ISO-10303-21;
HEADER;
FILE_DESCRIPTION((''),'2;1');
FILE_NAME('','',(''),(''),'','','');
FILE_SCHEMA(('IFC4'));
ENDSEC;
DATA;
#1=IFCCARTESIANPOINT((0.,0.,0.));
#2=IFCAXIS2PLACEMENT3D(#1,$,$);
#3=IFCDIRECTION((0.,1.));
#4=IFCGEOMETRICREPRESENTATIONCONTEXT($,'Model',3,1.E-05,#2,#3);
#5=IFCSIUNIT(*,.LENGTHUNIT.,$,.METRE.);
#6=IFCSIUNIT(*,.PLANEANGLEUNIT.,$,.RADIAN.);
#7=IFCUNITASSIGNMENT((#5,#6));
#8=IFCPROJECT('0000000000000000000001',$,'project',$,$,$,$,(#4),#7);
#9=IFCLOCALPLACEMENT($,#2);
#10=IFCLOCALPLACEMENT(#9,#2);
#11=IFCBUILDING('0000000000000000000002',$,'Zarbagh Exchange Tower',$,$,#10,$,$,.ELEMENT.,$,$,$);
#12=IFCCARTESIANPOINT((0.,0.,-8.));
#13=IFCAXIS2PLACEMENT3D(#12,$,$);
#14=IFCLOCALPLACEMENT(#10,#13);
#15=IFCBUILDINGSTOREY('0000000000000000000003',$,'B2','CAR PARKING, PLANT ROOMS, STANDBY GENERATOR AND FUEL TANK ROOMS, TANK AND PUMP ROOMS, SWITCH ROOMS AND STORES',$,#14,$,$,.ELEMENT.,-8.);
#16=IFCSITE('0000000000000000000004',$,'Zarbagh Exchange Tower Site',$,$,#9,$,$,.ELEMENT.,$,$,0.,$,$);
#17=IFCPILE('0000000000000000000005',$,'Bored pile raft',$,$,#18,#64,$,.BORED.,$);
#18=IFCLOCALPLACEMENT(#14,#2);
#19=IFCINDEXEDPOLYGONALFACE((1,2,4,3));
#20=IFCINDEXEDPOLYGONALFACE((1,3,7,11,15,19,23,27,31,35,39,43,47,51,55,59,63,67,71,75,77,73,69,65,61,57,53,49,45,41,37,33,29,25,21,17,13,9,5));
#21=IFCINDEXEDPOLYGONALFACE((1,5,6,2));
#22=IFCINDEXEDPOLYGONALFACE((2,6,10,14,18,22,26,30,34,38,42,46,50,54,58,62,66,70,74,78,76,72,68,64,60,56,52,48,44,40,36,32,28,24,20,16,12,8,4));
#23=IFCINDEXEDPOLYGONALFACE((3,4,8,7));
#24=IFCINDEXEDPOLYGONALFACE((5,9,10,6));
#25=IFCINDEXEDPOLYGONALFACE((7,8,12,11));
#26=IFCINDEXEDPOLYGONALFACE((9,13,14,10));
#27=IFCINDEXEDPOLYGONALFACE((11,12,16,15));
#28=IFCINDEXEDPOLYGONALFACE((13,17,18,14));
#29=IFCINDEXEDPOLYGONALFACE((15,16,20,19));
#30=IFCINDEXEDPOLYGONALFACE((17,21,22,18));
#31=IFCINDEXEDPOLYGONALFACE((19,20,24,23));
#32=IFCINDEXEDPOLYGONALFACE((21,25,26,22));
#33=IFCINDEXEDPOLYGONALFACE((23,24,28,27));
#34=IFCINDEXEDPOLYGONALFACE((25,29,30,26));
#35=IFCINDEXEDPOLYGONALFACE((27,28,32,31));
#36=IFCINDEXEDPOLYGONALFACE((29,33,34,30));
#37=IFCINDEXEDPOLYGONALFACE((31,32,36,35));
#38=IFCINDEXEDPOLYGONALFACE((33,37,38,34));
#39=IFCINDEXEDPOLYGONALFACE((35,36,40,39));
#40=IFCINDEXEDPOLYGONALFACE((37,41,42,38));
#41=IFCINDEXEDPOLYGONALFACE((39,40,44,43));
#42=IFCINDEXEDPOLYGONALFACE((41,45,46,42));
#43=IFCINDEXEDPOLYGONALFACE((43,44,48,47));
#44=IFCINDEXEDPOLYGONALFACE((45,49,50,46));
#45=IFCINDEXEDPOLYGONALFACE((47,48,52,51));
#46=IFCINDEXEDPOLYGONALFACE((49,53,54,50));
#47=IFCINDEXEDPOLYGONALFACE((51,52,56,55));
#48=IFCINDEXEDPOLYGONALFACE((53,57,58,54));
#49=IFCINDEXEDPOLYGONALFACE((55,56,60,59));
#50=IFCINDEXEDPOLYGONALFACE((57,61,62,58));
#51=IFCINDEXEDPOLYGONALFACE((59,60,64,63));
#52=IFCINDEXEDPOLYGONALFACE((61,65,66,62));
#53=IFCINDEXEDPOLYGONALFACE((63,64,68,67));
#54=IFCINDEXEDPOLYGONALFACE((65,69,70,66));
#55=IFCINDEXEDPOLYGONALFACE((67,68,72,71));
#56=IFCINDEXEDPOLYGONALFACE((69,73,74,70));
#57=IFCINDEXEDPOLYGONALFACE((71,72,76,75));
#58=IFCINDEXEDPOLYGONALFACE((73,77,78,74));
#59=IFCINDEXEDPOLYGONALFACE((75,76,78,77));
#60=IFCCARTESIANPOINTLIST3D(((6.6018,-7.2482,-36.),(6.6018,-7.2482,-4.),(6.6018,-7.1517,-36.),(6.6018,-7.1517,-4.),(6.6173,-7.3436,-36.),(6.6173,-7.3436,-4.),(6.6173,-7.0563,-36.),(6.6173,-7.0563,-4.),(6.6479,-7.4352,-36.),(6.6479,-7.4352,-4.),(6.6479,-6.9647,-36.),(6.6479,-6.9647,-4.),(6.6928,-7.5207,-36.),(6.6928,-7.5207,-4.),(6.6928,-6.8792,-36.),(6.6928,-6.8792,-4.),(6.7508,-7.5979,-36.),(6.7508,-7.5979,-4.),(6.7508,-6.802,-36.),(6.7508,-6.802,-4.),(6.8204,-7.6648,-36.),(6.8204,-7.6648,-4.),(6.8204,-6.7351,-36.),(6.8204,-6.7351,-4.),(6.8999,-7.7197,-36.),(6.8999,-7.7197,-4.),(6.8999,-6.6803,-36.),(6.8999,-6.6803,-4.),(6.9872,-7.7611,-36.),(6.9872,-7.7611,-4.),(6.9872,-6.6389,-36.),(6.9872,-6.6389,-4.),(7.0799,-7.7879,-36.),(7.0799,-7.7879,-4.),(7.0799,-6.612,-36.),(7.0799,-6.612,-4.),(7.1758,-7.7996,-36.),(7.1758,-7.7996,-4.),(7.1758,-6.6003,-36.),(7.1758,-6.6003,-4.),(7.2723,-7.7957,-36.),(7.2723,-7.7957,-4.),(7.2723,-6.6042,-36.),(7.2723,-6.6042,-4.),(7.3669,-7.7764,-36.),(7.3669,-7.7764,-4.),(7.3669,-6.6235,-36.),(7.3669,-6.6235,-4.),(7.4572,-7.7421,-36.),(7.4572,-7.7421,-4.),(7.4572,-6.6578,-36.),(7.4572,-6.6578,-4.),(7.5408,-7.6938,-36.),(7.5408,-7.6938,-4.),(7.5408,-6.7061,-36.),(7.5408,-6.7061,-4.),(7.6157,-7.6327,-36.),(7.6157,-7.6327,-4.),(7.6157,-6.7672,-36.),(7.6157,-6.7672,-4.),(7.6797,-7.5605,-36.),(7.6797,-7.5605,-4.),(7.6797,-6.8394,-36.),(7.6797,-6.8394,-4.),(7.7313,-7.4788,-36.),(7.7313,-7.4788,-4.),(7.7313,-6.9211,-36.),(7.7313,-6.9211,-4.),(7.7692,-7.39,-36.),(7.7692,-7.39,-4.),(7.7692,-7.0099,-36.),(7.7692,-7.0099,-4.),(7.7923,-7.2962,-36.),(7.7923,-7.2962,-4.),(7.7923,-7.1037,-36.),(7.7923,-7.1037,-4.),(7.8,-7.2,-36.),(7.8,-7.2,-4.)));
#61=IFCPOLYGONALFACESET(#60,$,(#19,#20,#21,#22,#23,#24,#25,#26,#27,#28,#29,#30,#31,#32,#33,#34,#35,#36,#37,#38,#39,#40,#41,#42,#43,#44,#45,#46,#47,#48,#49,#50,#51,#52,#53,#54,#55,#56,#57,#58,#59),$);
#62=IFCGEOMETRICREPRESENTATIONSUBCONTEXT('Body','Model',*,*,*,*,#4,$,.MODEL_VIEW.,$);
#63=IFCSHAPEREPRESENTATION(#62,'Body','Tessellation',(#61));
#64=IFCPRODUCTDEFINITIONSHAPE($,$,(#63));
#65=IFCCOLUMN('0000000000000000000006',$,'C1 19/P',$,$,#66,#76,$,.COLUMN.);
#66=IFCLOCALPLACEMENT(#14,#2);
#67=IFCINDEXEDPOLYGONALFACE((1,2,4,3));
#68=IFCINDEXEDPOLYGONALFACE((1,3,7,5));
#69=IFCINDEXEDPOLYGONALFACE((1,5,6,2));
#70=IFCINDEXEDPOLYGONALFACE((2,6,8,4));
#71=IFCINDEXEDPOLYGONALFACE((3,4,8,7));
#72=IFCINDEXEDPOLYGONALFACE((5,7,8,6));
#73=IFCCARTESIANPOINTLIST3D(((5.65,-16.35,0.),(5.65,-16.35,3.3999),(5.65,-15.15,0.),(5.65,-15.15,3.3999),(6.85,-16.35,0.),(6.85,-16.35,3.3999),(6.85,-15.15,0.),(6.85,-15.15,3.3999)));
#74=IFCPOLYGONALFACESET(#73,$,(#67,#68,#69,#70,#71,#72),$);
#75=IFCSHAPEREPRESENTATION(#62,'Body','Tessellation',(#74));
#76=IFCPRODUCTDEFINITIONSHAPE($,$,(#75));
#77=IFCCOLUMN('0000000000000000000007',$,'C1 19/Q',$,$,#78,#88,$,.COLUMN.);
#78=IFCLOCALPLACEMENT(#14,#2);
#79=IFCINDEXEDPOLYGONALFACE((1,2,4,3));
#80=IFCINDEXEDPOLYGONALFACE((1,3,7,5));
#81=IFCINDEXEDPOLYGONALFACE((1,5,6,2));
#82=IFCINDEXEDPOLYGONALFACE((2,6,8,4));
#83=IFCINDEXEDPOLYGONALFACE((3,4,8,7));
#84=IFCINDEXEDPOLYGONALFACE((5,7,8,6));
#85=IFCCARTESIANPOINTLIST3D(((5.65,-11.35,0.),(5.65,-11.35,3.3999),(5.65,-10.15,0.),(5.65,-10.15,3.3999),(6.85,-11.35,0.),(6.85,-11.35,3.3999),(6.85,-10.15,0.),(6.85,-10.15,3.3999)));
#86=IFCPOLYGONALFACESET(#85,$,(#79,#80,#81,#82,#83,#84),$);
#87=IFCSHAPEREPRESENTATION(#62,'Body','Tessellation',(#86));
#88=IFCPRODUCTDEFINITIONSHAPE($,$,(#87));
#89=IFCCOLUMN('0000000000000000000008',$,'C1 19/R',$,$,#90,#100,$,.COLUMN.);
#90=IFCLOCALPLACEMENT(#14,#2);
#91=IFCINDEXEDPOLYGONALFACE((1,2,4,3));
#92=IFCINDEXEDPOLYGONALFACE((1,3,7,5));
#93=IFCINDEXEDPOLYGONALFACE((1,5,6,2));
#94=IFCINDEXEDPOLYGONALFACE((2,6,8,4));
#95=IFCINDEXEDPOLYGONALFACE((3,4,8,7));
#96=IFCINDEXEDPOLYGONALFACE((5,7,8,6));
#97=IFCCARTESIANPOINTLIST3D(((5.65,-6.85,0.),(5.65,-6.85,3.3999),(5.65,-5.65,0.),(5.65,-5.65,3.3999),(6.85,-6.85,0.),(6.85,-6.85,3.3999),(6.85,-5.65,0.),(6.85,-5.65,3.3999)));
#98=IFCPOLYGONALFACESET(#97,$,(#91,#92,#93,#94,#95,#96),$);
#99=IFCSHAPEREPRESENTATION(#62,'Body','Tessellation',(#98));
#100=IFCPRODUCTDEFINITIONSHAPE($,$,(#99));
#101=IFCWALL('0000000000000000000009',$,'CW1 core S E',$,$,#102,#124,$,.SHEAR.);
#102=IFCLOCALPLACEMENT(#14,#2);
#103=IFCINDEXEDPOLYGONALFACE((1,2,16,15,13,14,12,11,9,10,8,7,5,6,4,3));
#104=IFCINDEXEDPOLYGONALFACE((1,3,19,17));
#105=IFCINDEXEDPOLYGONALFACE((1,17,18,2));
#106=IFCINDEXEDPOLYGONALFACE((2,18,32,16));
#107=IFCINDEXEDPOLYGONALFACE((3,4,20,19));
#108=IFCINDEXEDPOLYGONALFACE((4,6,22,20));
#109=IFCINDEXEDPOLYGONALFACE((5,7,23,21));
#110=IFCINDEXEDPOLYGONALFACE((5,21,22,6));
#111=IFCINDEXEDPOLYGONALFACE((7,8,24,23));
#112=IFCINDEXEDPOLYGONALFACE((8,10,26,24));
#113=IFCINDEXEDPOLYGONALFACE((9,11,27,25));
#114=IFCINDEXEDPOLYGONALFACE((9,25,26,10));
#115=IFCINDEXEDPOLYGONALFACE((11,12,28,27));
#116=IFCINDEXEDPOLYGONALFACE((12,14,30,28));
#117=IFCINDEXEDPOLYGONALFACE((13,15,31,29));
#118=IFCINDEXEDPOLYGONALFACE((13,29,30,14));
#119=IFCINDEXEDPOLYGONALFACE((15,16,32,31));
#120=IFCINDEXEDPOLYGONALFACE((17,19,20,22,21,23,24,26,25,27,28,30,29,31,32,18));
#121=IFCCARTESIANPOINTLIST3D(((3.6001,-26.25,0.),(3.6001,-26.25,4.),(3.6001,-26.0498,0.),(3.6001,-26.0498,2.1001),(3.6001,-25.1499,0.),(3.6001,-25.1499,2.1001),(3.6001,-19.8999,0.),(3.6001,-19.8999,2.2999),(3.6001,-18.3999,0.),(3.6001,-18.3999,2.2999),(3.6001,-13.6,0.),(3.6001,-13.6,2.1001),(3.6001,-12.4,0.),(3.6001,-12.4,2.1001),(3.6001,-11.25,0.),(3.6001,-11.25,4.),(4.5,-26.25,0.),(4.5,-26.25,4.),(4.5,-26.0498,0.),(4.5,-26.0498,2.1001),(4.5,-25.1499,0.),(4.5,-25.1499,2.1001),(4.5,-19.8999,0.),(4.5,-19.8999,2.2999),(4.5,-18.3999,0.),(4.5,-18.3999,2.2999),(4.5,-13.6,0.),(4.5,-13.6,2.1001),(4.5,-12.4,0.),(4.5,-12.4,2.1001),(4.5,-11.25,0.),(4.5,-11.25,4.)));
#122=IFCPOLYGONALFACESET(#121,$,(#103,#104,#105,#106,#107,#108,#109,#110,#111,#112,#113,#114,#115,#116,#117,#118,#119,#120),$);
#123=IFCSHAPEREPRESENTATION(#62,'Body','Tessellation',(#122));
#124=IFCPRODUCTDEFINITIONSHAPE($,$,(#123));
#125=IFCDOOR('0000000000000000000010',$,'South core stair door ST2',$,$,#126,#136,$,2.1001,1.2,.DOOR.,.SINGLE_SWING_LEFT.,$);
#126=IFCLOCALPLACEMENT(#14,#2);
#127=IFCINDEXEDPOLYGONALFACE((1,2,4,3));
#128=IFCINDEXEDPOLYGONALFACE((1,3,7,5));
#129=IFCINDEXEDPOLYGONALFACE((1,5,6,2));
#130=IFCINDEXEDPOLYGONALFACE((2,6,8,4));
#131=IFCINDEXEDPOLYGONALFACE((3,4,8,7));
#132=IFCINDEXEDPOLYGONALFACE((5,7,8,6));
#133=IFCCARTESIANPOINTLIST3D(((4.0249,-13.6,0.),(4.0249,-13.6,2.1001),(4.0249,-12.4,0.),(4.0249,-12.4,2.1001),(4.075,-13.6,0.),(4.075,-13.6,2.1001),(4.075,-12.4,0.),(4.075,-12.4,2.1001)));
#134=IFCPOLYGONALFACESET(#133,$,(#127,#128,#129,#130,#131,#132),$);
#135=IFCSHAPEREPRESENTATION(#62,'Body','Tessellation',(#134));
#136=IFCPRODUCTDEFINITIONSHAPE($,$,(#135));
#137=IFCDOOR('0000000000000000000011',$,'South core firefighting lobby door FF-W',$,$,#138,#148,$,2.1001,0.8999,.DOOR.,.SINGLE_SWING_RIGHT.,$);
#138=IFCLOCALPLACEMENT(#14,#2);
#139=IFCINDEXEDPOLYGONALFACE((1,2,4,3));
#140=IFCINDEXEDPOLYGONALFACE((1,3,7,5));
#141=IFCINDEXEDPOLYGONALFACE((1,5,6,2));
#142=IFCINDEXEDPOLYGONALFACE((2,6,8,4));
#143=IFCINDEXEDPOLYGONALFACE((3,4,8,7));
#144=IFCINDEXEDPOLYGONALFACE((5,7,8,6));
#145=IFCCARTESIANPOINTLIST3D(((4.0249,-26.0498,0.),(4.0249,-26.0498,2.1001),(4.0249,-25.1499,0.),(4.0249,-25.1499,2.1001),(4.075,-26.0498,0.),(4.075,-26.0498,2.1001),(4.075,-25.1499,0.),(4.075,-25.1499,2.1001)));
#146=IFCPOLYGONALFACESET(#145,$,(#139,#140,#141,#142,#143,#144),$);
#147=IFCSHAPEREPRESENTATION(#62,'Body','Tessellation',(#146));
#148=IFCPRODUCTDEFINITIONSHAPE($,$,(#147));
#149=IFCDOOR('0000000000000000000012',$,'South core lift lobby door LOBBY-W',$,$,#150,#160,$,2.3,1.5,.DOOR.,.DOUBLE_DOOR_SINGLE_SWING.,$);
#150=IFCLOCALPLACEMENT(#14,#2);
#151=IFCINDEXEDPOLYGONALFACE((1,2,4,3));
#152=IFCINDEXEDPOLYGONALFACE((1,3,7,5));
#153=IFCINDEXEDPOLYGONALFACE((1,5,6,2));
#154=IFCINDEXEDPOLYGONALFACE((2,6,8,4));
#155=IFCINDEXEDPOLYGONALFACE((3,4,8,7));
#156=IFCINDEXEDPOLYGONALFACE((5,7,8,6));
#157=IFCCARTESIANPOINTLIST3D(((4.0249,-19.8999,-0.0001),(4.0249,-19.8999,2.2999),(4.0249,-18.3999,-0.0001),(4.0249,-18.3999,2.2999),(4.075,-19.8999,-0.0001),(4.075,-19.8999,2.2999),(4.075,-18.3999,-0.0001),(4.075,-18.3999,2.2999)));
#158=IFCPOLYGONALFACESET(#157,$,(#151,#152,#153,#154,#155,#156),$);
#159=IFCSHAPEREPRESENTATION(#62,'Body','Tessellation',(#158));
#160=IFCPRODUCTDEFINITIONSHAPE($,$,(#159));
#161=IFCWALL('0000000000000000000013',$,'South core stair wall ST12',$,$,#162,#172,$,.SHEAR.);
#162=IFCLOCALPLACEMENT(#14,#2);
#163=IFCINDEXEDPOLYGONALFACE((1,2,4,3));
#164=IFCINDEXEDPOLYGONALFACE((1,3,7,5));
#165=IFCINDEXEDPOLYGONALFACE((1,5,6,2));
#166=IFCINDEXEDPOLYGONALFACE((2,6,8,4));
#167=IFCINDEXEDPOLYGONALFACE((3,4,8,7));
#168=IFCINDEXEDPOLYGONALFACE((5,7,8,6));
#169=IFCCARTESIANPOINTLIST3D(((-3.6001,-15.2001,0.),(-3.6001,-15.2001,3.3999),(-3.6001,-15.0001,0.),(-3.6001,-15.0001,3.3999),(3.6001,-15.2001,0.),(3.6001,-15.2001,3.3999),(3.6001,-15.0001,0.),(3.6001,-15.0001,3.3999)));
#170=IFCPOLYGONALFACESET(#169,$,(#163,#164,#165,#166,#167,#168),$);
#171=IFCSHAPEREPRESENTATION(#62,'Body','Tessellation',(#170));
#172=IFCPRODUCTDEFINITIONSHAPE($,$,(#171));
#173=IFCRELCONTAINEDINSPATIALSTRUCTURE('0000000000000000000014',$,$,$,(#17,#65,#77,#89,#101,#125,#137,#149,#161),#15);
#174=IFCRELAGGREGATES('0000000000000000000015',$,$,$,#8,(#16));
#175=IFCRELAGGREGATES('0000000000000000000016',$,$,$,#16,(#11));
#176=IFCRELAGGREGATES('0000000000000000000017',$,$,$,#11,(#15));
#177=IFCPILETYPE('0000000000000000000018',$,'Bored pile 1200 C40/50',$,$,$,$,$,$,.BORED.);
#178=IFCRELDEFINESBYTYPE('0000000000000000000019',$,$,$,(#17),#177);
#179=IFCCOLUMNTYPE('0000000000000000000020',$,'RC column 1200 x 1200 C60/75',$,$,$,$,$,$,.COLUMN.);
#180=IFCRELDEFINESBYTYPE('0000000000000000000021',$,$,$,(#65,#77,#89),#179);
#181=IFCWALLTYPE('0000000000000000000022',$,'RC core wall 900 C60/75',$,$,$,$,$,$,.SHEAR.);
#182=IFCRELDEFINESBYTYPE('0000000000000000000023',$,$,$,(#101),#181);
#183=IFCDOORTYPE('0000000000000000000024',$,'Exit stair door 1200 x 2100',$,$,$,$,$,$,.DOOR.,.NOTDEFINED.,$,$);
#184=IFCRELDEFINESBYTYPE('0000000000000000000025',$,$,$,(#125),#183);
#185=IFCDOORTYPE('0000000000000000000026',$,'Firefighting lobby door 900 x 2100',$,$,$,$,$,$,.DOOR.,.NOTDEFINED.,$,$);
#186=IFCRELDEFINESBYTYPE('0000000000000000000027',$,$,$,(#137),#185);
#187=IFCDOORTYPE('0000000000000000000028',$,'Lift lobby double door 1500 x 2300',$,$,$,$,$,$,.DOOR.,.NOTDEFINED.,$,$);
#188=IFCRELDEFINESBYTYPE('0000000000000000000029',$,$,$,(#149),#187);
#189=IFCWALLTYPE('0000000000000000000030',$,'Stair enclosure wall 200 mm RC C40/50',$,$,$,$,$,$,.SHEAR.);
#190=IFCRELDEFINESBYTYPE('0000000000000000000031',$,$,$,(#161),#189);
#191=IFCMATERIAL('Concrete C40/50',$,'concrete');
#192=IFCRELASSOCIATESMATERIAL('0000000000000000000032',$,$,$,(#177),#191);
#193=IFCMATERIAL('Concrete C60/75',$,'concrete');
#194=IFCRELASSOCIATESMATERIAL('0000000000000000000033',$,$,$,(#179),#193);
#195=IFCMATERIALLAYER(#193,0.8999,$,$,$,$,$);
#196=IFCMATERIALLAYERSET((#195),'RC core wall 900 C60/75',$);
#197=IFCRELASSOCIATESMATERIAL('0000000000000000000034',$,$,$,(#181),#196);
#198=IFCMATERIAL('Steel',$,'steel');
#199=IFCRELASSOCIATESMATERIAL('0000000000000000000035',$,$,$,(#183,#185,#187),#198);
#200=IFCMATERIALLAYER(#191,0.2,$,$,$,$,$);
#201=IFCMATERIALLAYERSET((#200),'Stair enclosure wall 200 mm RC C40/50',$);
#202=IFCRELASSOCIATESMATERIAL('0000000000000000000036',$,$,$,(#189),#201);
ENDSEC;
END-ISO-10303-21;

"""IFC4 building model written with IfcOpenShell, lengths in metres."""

from ifc_helpers import new_model, si_unit, direction, frame, frame_2d, origin, origin_2d, place, context, subcontext, project, spatial, rectangle, circle, extrude, material, layer, layer_set, material_profile, profile_set, type_object, element, fill, save


model = new_model("IFC4")

# Units and contexts
model_context = context("Model", 3, precision=1e-05, world=origin(), true_north=direction((0.0, 1.0)))
body_context = subcontext(model_context, "Body", "Model", "MODEL_VIEW")
ifc_project = project(units=[si_unit("LENGTHUNIT", "METRE"), si_unit("PLANEANGLEUNIT", "RADIAN")], contexts=[model_context])

# Site, building, storey
site_placement = place(None, origin())
site = spatial("IfcSite", under=ifc_project, at=site_placement, Name="Zarbagh Exchange Tower Site", CompositionType="ELEMENT", RefElevation=0.0)
building_placement = place(site_placement, origin())
building = spatial("IfcBuilding", under=site, at=building_placement, Name="Zarbagh Exchange Tower", CompositionType="ELEMENT")
storey_placement = place(building_placement, frame((0.0, 0.0, -8.0)))
storey = spatial("IfcBuildingStorey", under=building, at=storey_placement, Name="B2", Description="CAR PARKING, PLANT ROOMS, STANDBY GENERATOR AND FUEL TANK ROOMS, TANK AND PUMP ROOMS, SWITCH ROOMS AND STORES", CompositionType="ELEMENT", Elevation=-8.0)

# Pile
ifc_material_1 = material(Name="Concrete C40/50", Category="concrete")
ifc_material_profile_1 = material_profile(ifc_material_1, circle(Radius=0.6001, at=origin_2d()), Name="Bored pile 1200 C40/50")
ifc_profile_set_1 = profile_set([ifc_material_profile_1], Name="Concrete C40/50")
pile_type = type_object("IfcPileType", Name="Bored pile 1200 C40/50", PredefinedType="BORED", material=ifc_profile_set_1)
for number, where, z_axis, x_axis, name in (
    (1, (7.2, -7.2, -4.0), (0.0, 0.0, -1.0), (1.0, 0.0, 0.0), "Bored pile raft"),
):
    element("IfcPile", number, at=place(storey_placement, frame(where, z_axis=z_axis, x_axis=x_axis)), inside=storey, type_object=pile_type, Name=name, PredefinedType="BORED", context=body_context, shape_type="SweptSolid", body=[
        extrude(circle(Radius=0.6001, at=origin_2d()), origin(), (0.0, 0.0, 1.0), 32.0),
    ])

# Columns
ifc_material_2 = material(Name="Concrete C60/75", Category="concrete")
ifc_material_profile_2 = material_profile(ifc_material_2, rectangle(XDim=1.2, YDim=1.2, at=origin_2d()), Name="RC column 1200 x 1200 C60/75")
ifc_profile_set_2 = profile_set([ifc_material_profile_2], Name="Concrete C60/75")
column_type = type_object("IfcColumnType", Name="RC column 1200 x 1200 C60/75", PredefinedType="COLUMN", material=ifc_profile_set_2)
for number, where, z_axis, x_axis, name in (
    (2, (6.25, -15.75, 0.0), (0.0, 0.0, 1.0), (1.0, 0.0, 0.0), "C1 19/P"),
    (3, (6.25, -10.75, 0.0), (0.0, 0.0, 1.0), (1.0, 0.0, 0.0), "C1 19/Q"),
    (4, (6.25, -6.25, 0.0), (0.0, 0.0, 1.0), (1.0, 0.0, 0.0), "C1 19/R"),
):
    element("IfcColumn", number, at=place(storey_placement, frame(where, z_axis=z_axis, x_axis=x_axis)), inside=storey, type_object=column_type, Name=name, PredefinedType="COLUMN", context=body_context, shape_type="SweptSolid", body=[
        extrude(rectangle(XDim=1.2, YDim=1.2, at=origin_2d()), origin(), (0.0, 0.0, 1.0), 3.3999),
    ])

# Wall, openings, doors
ifc_layer_1 = layer(ifc_material_2, 0.8999)
ifc_layer_set_1 = layer_set([ifc_layer_1], Name="RC core wall 900 C60/75")
wall_type_1 = type_object("IfcWallType", Name="RC core wall 900 C60/75", PredefinedType="SHEAR", material=ifc_layer_set_1)
wall_1_placement = place(storey_placement, frame((4.05, -11.25, 0.0), z_axis=(0.0, 0.0, 1.0), x_axis=(0.0, -1.0, 0.0)))
wall_1 = element("IfcWall", 5, at=wall_1_placement, inside=storey, type_object=wall_type_1, Name="CW1 core S E", PredefinedType="SHEAR", context=body_context, shape_type="SweptSolid", body=[
    extrude(rectangle(XDim=15.0, YDim=0.8999, at=frame_2d((7.5, 0.0))), origin(), (0.0, 0.0, 1.0), 4.0),
])
opening_1_placement = place(wall_1_placement, frame((7.1499, 0.0, 0.0)))
opening_1 = element("IfcOpeningElement", 6, at=opening_1_placement, cuts=wall_1, PredefinedType="OPENING", context=body_context, shape_type="SweptSolid", body=[
    extrude(rectangle(XDim=1.5, YDim=2.3, at=frame_2d((0.75, 1.1499))), frame((0.0, 0.46, 0.0), z_axis=(0.0, -1.0, 0.0), x_axis=(1.0, 0.0, 0.0)), (0.0, 0.0, 1.0), 0.9199),
])
opening_2_placement = place(wall_1_placement, frame((13.8999, 0.0, 0.0)))
opening_2 = element("IfcOpeningElement", 7, at=opening_2_placement, cuts=wall_1, PredefinedType="OPENING", context=body_context, shape_type="SweptSolid", body=[
    extrude(rectangle(XDim=0.8999, YDim=2.1001, at=frame_2d((0.45, 1.05))), frame((0.0, 0.46, 0.0), z_axis=(0.0, -1.0, 0.0), x_axis=(1.0, 0.0, 0.0)), (0.0, 0.0, 1.0), 0.9199),
])
opening_3_placement = place(wall_1_placement, frame((1.1499, 0.0, 0.0)))
opening_3 = element("IfcOpeningElement", 8, at=opening_3_placement, cuts=wall_1, PredefinedType="OPENING", context=body_context, shape_type="SweptSolid", body=[
    extrude(rectangle(XDim=1.2, YDim=2.1001, at=frame_2d((0.6001, 1.05))), frame((0.0, 0.46, 0.0), z_axis=(0.0, -1.0, 0.0), x_axis=(1.0, 0.0, 0.0)), (0.0, 0.0, 1.0), 0.9199),
])
ifc_material_3 = material(Name="Steel", Category="steel")
door_type_1 = type_object("IfcDoorType", Name="Exit stair door 1200 x 2100", OperationType="NOTDEFINED", PredefinedType="DOOR", material=ifc_material_3)
door_1_placement = place(opening_3_placement, origin())
door_1 = element("IfcDoor", 9, at=door_1_placement, inside=storey, type_object=door_type_1, Name="South core stair door ST2", OperationType="SINGLE_SWING_LEFT", OverallHeight=2.1001, OverallWidth=1.2, PredefinedType="DOOR", context=body_context, shape_type="SweptSolid", body=[
    extrude(rectangle(XDim=1.2, YDim=2.1001, at=frame_2d((0.6001, 1.05))), frame((0.0, 0.0249, 0.0), z_axis=(0.0, -1.0, 0.0), x_axis=(1.0, 0.0, 0.0)), (0.0, 0.0, 1.0), 0.05),
])
fill(opening_3, door_1)
door_type_2 = type_object("IfcDoorType", Name="Firefighting lobby door 900 x 2100", OperationType="NOTDEFINED", PredefinedType="DOOR", material=ifc_material_3)
door_2_placement = place(opening_2_placement, origin())
door_2 = element("IfcDoor", 10, at=door_2_placement, inside=storey, type_object=door_type_2, Name="South core firefighting lobby door FF-W", OperationType="SINGLE_SWING_RIGHT", OverallHeight=2.1001, OverallWidth=0.8999, PredefinedType="DOOR", context=body_context, shape_type="SweptSolid", body=[
    extrude(rectangle(XDim=0.8999, YDim=2.1001, at=frame_2d((0.45, 1.05))), frame((0.0, 0.0249, 0.0), z_axis=(0.0, -1.0, 0.0), x_axis=(1.0, 0.0, 0.0)), (0.0, 0.0, 1.0), 0.05),
])
fill(opening_2, door_2)
door_type_3 = type_object("IfcDoorType", Name="Lift lobby double door 1500 x 2300", OperationType="NOTDEFINED", PredefinedType="DOOR", material=ifc_material_3)
door_3_placement = place(opening_1_placement, origin())
door_3 = element("IfcDoor", 11, at=door_3_placement, inside=storey, type_object=door_type_3, Name="South core lift lobby door LOBBY-W", OperationType="DOUBLE_DOOR_SINGLE_SWING", OverallHeight=2.3, OverallWidth=1.5, PredefinedType="DOOR", context=body_context, shape_type="SweptSolid", body=[
    extrude(rectangle(XDim=1.5, YDim=2.3, at=frame_2d((0.75, 1.1499))), frame((0.0, 0.0249, 0.0), z_axis=(0.0, -1.0, 0.0), x_axis=(1.0, 0.0, 0.0)), (0.0, 0.0, 1.0), 0.05),
])
fill(opening_1, door_3)

# Wall
ifc_layer_2 = layer(ifc_material_1, 0.2)
ifc_layer_set_2 = layer_set([ifc_layer_2], Name="Stair enclosure wall 200 mm RC C40/50")
wall_type_2 = type_object("IfcWallType", Name="Stair enclosure wall 200 mm RC C40/50", PredefinedType="SHEAR", material=ifc_layer_set_2)
wall_2_placement = place(storey_placement, frame((3.6001, -15.1001, 0.0), z_axis=(0.0, 0.0, 1.0), x_axis=(-1.0, 0.0, 0.0)))
element("IfcWall", 12, at=wall_2_placement, inside=storey, type_object=wall_type_2, Name="South core stair wall ST12", PredefinedType="SHEAR", context=body_context, shape_type="SweptSolid", body=[
    extrude(rectangle(XDim=7.2002, YDim=0.2, at=frame_2d((3.6001, 0.0))), origin(), (0.0, 0.0, 1.0), 3.3999),
])

save(model, "model.ifc")
